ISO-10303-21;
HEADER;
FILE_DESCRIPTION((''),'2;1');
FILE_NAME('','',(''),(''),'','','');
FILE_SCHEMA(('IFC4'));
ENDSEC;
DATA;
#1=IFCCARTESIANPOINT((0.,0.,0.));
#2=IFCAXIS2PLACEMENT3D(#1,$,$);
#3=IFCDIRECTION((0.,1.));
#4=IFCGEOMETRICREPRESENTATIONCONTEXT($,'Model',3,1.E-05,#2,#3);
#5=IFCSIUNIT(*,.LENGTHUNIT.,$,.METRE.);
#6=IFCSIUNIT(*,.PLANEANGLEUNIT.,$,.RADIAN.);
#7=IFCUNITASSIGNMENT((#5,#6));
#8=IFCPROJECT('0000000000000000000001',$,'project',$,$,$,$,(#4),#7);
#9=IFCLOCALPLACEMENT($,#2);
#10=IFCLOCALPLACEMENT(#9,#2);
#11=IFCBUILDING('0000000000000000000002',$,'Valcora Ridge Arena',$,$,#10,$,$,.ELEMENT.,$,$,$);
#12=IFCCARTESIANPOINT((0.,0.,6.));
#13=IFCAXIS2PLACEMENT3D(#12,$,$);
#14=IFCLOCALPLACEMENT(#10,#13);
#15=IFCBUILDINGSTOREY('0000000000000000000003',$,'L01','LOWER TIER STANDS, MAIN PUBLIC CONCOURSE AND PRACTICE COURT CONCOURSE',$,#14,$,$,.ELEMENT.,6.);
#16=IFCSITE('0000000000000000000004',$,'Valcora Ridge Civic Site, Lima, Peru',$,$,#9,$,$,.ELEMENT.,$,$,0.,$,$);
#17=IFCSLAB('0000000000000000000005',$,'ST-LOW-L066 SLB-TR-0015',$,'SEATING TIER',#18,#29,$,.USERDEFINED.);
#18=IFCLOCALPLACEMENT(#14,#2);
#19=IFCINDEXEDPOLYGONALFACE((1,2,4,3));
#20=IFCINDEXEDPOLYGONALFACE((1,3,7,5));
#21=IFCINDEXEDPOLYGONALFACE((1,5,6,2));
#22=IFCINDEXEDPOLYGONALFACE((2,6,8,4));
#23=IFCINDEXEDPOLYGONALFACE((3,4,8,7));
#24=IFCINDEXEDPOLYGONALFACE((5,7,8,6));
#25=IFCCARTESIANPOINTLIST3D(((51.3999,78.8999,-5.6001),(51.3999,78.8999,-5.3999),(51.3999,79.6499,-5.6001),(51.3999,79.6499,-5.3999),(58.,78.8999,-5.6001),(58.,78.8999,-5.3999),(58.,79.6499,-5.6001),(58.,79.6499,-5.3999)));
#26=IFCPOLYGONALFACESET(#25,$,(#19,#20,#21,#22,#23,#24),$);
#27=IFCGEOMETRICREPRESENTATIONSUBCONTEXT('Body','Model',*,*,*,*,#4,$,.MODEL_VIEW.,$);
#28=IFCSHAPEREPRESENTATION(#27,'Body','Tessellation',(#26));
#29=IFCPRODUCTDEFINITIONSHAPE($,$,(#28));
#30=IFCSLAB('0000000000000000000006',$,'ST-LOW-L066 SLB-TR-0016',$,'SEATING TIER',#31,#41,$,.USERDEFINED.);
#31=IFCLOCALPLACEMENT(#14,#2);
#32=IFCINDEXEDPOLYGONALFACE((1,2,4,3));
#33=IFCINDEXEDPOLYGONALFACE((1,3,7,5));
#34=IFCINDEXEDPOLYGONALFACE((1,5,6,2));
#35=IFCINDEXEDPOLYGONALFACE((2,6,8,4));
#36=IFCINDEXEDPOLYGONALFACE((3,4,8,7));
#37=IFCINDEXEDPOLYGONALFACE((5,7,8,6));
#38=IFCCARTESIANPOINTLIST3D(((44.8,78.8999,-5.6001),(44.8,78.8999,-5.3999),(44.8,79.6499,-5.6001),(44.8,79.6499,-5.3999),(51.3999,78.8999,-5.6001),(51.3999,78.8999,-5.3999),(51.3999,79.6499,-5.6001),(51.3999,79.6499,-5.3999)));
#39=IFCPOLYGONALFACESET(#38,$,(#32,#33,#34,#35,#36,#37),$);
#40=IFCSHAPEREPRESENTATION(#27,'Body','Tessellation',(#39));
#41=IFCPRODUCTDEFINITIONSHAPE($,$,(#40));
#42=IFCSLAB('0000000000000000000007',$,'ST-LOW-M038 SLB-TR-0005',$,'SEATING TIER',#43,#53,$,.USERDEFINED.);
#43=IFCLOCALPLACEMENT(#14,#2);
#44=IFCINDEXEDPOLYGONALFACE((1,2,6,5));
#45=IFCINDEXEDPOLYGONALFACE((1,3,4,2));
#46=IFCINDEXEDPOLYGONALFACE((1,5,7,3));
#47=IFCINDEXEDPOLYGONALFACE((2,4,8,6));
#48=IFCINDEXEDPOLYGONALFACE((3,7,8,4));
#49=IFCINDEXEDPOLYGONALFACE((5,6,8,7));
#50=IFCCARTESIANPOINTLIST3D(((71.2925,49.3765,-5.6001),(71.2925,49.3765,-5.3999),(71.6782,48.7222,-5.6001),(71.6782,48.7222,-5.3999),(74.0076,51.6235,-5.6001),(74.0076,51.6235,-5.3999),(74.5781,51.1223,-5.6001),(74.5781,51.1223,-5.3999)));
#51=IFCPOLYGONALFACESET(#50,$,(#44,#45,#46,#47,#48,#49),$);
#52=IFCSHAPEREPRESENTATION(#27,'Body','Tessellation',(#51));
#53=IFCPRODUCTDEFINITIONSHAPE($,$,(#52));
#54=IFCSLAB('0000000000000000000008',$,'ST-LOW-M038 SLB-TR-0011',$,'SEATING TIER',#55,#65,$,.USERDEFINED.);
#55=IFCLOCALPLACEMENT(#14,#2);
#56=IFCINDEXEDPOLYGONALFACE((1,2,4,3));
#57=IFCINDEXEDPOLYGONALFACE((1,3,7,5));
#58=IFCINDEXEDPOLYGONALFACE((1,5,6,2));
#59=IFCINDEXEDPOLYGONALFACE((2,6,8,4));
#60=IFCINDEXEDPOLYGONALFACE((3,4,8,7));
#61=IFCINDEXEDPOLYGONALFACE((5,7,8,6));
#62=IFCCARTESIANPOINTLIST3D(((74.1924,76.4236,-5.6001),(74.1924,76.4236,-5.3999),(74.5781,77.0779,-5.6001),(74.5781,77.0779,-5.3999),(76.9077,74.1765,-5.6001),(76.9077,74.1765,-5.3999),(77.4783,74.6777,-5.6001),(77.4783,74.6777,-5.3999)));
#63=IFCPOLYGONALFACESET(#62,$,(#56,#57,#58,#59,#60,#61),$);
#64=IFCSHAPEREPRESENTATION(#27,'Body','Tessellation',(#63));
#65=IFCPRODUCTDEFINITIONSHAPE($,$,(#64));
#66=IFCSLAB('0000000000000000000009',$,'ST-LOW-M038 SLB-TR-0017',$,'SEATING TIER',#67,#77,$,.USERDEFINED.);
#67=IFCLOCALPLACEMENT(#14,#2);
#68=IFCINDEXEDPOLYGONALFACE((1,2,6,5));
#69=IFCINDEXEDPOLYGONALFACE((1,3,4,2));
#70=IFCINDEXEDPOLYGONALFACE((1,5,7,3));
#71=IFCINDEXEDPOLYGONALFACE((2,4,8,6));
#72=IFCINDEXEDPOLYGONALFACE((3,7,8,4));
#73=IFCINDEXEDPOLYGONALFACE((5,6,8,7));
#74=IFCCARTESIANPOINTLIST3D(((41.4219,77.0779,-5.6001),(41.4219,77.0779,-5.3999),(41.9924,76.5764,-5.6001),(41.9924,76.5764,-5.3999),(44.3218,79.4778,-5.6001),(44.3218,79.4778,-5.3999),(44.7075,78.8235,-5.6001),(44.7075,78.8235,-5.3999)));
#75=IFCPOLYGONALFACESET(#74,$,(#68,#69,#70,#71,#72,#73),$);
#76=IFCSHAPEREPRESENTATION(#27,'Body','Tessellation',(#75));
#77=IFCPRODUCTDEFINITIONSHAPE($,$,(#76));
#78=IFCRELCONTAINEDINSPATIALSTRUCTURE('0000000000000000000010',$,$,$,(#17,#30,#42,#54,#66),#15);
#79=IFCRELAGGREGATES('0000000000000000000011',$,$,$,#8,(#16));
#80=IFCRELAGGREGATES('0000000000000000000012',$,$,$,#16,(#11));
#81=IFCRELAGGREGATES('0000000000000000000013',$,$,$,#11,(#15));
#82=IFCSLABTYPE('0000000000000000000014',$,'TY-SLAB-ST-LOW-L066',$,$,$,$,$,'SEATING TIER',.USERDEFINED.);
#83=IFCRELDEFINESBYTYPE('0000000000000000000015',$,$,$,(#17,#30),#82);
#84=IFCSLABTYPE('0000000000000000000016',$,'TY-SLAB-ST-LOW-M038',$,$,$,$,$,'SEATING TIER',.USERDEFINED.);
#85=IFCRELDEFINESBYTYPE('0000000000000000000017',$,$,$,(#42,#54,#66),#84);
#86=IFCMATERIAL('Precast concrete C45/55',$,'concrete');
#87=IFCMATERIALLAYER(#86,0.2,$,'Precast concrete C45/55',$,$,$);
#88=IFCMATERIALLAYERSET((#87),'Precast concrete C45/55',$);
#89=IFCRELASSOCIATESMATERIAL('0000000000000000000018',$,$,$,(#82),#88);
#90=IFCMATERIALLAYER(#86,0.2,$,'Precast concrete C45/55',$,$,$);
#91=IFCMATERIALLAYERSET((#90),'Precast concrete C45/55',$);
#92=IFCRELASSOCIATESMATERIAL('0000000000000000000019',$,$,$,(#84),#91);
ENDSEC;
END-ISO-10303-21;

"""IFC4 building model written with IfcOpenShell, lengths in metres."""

from ifc_helpers import new_model, si_unit, direction, frame, origin, place, context, subcontext, project, spatial, polyline, outline, extrude, material, layer, layer_set, type_object, element, save


model = new_model("IFC4")

# Units and contexts
model_context = context("Model", 3, precision=1e-05, world=origin(), true_north=direction((0.0, 1.0)))
body_context = subcontext(model_context, "Body", "Model", "MODEL_VIEW")
ifc_project = project(units=[si_unit("LENGTHUNIT", "METRE"), si_unit("PLANEANGLEUNIT", "RADIAN")], contexts=[model_context])

# Site, building, storey
site_placement = place(None, origin())
site = spatial("IfcSite", under=ifc_project, at=site_placement, Name="Valcora Ridge Civic Site, Lima, Peru", CompositionType="ELEMENT", RefElevation=0.0)
building_placement = place(site_placement, origin())
building = spatial("IfcBuilding", under=site, at=building_placement, Name="Valcora Ridge Arena", CompositionType="ELEMENT")
storey_placement = place(building_placement, frame((0.0, 0.0, 6.0)))
storey = spatial("IfcBuildingStorey", under=building, at=storey_placement, Name="L01", Description="LOWER TIER STANDS, MAIN PUBLIC CONCOURSE AND PRACTICE COURT CONCOURSE", CompositionType="ELEMENT", Elevation=6.0)

# Slabs
ifc_material = material(Name="Precast concrete C45/55", Category="concrete")
ifc_layer_1 = layer(ifc_material, 0.2, Name="Precast concrete C45/55")
ifc_layer_set_1 = layer_set([ifc_layer_1], Name="Precast concrete C45/55")
slab_type_1 = type_object("IfcSlabType", Name="TY-SLAB-ST-LOW-L066", ElementType="SEATING TIER", PredefinedType="USERDEFINED", material=ifc_layer_set_1)
slab_1_placement = place(storey_placement, frame((0.0, 0.0, -5.6001)))
element("IfcSlab", 1, at=slab_1_placement, inside=storey, type_object=slab_type_1, Name="ST-LOW-L066 SLB-TR-0015", ObjectType="SEATING TIER", PredefinedType="USERDEFINED", context=body_context, shape_type="SweptSolid", body=[
    extrude(outline(polyline([(58.0, 78.8999), (51.3999, 78.8999), (51.3999, 79.6499), (58.0, 79.6499), (58.0, 78.8999)])), origin(), (0.0, 0.0, 1.0), 0.2002),
])
slab_2_placement = place(storey_placement, frame((0.0, 0.0, -5.6001)))
element("IfcSlab", 2, at=slab_2_placement, inside=storey, type_object=slab_type_1, Name="ST-LOW-L066 SLB-TR-0016", ObjectType="SEATING TIER", PredefinedType="USERDEFINED", context=body_context, shape_type="SweptSolid", body=[
    extrude(outline(polyline([(51.3999, 78.8999), (44.8, 78.8999), (44.8, 79.6499), (51.3999, 79.6499), (51.3999, 78.8999)])), origin(), (0.0, 0.0, 1.0), 0.2002),
])
ifc_layer_2 = layer(ifc_material, 0.2, Name="Precast concrete C45/55")
ifc_layer_set_2 = layer_set([ifc_layer_2], Name="Precast concrete C45/55")
slab_type_2 = type_object("IfcSlabType", Name="TY-SLAB-ST-LOW-M038", ElementType="SEATING TIER", PredefinedType="USERDEFINED", material=ifc_layer_set_2)
slab_3_placement = place(storey_placement, frame((0.0, 0.0, -5.6001)))
element("IfcSlab", 3, at=slab_3_placement, inside=storey, type_object=slab_type_2, Name="ST-LOW-M038 SLB-TR-0005", ObjectType="SEATING TIER", PredefinedType="USERDEFINED", context=body_context, shape_type="SweptSolid", body=[
    extrude(outline(polyline([(71.2925, 49.3765), (74.0076, 51.6235), (74.5781, 51.1223), (71.6782, 48.7222), (71.2925, 49.3765)])), origin(), (0.0, 0.0, 1.0), 0.2002),
])
slab_4_placement = place(storey_placement, frame((0.0, 0.0, -5.6001)))
element("IfcSlab", 4, at=slab_4_placement, inside=storey, type_object=slab_type_2, Name="ST-LOW-M038 SLB-TR-0011", ObjectType="SEATING TIER", PredefinedType="USERDEFINED", context=body_context, shape_type="SweptSolid", body=[
    extrude(outline(polyline([(76.9077, 74.1765), (74.1924, 76.4236), (74.5781, 77.0779), (77.4783, 74.6777), (76.9077, 74.1765)])), origin(), (0.0, 0.0, 1.0), 0.2002),
])
slab_5_placement = place(storey_placement, frame((0.0, 0.0, -5.6001)))
element("IfcSlab", 5, at=slab_5_placement, inside=storey, type_object=slab_type_2, Name="ST-LOW-M038 SLB-TR-0017", ObjectType="SEATING TIER", PredefinedType="USERDEFINED", context=body_context, shape_type="SweptSolid", body=[
    extrude(outline(polyline([(44.7075, 78.8235), (41.9924, 76.5764), (41.4219, 77.0779), (44.3218, 79.4778), (44.7075, 78.8235)])), origin(), (0.0, 0.0, 1.0), 0.2002),
])

save(model, "model.ifc")
